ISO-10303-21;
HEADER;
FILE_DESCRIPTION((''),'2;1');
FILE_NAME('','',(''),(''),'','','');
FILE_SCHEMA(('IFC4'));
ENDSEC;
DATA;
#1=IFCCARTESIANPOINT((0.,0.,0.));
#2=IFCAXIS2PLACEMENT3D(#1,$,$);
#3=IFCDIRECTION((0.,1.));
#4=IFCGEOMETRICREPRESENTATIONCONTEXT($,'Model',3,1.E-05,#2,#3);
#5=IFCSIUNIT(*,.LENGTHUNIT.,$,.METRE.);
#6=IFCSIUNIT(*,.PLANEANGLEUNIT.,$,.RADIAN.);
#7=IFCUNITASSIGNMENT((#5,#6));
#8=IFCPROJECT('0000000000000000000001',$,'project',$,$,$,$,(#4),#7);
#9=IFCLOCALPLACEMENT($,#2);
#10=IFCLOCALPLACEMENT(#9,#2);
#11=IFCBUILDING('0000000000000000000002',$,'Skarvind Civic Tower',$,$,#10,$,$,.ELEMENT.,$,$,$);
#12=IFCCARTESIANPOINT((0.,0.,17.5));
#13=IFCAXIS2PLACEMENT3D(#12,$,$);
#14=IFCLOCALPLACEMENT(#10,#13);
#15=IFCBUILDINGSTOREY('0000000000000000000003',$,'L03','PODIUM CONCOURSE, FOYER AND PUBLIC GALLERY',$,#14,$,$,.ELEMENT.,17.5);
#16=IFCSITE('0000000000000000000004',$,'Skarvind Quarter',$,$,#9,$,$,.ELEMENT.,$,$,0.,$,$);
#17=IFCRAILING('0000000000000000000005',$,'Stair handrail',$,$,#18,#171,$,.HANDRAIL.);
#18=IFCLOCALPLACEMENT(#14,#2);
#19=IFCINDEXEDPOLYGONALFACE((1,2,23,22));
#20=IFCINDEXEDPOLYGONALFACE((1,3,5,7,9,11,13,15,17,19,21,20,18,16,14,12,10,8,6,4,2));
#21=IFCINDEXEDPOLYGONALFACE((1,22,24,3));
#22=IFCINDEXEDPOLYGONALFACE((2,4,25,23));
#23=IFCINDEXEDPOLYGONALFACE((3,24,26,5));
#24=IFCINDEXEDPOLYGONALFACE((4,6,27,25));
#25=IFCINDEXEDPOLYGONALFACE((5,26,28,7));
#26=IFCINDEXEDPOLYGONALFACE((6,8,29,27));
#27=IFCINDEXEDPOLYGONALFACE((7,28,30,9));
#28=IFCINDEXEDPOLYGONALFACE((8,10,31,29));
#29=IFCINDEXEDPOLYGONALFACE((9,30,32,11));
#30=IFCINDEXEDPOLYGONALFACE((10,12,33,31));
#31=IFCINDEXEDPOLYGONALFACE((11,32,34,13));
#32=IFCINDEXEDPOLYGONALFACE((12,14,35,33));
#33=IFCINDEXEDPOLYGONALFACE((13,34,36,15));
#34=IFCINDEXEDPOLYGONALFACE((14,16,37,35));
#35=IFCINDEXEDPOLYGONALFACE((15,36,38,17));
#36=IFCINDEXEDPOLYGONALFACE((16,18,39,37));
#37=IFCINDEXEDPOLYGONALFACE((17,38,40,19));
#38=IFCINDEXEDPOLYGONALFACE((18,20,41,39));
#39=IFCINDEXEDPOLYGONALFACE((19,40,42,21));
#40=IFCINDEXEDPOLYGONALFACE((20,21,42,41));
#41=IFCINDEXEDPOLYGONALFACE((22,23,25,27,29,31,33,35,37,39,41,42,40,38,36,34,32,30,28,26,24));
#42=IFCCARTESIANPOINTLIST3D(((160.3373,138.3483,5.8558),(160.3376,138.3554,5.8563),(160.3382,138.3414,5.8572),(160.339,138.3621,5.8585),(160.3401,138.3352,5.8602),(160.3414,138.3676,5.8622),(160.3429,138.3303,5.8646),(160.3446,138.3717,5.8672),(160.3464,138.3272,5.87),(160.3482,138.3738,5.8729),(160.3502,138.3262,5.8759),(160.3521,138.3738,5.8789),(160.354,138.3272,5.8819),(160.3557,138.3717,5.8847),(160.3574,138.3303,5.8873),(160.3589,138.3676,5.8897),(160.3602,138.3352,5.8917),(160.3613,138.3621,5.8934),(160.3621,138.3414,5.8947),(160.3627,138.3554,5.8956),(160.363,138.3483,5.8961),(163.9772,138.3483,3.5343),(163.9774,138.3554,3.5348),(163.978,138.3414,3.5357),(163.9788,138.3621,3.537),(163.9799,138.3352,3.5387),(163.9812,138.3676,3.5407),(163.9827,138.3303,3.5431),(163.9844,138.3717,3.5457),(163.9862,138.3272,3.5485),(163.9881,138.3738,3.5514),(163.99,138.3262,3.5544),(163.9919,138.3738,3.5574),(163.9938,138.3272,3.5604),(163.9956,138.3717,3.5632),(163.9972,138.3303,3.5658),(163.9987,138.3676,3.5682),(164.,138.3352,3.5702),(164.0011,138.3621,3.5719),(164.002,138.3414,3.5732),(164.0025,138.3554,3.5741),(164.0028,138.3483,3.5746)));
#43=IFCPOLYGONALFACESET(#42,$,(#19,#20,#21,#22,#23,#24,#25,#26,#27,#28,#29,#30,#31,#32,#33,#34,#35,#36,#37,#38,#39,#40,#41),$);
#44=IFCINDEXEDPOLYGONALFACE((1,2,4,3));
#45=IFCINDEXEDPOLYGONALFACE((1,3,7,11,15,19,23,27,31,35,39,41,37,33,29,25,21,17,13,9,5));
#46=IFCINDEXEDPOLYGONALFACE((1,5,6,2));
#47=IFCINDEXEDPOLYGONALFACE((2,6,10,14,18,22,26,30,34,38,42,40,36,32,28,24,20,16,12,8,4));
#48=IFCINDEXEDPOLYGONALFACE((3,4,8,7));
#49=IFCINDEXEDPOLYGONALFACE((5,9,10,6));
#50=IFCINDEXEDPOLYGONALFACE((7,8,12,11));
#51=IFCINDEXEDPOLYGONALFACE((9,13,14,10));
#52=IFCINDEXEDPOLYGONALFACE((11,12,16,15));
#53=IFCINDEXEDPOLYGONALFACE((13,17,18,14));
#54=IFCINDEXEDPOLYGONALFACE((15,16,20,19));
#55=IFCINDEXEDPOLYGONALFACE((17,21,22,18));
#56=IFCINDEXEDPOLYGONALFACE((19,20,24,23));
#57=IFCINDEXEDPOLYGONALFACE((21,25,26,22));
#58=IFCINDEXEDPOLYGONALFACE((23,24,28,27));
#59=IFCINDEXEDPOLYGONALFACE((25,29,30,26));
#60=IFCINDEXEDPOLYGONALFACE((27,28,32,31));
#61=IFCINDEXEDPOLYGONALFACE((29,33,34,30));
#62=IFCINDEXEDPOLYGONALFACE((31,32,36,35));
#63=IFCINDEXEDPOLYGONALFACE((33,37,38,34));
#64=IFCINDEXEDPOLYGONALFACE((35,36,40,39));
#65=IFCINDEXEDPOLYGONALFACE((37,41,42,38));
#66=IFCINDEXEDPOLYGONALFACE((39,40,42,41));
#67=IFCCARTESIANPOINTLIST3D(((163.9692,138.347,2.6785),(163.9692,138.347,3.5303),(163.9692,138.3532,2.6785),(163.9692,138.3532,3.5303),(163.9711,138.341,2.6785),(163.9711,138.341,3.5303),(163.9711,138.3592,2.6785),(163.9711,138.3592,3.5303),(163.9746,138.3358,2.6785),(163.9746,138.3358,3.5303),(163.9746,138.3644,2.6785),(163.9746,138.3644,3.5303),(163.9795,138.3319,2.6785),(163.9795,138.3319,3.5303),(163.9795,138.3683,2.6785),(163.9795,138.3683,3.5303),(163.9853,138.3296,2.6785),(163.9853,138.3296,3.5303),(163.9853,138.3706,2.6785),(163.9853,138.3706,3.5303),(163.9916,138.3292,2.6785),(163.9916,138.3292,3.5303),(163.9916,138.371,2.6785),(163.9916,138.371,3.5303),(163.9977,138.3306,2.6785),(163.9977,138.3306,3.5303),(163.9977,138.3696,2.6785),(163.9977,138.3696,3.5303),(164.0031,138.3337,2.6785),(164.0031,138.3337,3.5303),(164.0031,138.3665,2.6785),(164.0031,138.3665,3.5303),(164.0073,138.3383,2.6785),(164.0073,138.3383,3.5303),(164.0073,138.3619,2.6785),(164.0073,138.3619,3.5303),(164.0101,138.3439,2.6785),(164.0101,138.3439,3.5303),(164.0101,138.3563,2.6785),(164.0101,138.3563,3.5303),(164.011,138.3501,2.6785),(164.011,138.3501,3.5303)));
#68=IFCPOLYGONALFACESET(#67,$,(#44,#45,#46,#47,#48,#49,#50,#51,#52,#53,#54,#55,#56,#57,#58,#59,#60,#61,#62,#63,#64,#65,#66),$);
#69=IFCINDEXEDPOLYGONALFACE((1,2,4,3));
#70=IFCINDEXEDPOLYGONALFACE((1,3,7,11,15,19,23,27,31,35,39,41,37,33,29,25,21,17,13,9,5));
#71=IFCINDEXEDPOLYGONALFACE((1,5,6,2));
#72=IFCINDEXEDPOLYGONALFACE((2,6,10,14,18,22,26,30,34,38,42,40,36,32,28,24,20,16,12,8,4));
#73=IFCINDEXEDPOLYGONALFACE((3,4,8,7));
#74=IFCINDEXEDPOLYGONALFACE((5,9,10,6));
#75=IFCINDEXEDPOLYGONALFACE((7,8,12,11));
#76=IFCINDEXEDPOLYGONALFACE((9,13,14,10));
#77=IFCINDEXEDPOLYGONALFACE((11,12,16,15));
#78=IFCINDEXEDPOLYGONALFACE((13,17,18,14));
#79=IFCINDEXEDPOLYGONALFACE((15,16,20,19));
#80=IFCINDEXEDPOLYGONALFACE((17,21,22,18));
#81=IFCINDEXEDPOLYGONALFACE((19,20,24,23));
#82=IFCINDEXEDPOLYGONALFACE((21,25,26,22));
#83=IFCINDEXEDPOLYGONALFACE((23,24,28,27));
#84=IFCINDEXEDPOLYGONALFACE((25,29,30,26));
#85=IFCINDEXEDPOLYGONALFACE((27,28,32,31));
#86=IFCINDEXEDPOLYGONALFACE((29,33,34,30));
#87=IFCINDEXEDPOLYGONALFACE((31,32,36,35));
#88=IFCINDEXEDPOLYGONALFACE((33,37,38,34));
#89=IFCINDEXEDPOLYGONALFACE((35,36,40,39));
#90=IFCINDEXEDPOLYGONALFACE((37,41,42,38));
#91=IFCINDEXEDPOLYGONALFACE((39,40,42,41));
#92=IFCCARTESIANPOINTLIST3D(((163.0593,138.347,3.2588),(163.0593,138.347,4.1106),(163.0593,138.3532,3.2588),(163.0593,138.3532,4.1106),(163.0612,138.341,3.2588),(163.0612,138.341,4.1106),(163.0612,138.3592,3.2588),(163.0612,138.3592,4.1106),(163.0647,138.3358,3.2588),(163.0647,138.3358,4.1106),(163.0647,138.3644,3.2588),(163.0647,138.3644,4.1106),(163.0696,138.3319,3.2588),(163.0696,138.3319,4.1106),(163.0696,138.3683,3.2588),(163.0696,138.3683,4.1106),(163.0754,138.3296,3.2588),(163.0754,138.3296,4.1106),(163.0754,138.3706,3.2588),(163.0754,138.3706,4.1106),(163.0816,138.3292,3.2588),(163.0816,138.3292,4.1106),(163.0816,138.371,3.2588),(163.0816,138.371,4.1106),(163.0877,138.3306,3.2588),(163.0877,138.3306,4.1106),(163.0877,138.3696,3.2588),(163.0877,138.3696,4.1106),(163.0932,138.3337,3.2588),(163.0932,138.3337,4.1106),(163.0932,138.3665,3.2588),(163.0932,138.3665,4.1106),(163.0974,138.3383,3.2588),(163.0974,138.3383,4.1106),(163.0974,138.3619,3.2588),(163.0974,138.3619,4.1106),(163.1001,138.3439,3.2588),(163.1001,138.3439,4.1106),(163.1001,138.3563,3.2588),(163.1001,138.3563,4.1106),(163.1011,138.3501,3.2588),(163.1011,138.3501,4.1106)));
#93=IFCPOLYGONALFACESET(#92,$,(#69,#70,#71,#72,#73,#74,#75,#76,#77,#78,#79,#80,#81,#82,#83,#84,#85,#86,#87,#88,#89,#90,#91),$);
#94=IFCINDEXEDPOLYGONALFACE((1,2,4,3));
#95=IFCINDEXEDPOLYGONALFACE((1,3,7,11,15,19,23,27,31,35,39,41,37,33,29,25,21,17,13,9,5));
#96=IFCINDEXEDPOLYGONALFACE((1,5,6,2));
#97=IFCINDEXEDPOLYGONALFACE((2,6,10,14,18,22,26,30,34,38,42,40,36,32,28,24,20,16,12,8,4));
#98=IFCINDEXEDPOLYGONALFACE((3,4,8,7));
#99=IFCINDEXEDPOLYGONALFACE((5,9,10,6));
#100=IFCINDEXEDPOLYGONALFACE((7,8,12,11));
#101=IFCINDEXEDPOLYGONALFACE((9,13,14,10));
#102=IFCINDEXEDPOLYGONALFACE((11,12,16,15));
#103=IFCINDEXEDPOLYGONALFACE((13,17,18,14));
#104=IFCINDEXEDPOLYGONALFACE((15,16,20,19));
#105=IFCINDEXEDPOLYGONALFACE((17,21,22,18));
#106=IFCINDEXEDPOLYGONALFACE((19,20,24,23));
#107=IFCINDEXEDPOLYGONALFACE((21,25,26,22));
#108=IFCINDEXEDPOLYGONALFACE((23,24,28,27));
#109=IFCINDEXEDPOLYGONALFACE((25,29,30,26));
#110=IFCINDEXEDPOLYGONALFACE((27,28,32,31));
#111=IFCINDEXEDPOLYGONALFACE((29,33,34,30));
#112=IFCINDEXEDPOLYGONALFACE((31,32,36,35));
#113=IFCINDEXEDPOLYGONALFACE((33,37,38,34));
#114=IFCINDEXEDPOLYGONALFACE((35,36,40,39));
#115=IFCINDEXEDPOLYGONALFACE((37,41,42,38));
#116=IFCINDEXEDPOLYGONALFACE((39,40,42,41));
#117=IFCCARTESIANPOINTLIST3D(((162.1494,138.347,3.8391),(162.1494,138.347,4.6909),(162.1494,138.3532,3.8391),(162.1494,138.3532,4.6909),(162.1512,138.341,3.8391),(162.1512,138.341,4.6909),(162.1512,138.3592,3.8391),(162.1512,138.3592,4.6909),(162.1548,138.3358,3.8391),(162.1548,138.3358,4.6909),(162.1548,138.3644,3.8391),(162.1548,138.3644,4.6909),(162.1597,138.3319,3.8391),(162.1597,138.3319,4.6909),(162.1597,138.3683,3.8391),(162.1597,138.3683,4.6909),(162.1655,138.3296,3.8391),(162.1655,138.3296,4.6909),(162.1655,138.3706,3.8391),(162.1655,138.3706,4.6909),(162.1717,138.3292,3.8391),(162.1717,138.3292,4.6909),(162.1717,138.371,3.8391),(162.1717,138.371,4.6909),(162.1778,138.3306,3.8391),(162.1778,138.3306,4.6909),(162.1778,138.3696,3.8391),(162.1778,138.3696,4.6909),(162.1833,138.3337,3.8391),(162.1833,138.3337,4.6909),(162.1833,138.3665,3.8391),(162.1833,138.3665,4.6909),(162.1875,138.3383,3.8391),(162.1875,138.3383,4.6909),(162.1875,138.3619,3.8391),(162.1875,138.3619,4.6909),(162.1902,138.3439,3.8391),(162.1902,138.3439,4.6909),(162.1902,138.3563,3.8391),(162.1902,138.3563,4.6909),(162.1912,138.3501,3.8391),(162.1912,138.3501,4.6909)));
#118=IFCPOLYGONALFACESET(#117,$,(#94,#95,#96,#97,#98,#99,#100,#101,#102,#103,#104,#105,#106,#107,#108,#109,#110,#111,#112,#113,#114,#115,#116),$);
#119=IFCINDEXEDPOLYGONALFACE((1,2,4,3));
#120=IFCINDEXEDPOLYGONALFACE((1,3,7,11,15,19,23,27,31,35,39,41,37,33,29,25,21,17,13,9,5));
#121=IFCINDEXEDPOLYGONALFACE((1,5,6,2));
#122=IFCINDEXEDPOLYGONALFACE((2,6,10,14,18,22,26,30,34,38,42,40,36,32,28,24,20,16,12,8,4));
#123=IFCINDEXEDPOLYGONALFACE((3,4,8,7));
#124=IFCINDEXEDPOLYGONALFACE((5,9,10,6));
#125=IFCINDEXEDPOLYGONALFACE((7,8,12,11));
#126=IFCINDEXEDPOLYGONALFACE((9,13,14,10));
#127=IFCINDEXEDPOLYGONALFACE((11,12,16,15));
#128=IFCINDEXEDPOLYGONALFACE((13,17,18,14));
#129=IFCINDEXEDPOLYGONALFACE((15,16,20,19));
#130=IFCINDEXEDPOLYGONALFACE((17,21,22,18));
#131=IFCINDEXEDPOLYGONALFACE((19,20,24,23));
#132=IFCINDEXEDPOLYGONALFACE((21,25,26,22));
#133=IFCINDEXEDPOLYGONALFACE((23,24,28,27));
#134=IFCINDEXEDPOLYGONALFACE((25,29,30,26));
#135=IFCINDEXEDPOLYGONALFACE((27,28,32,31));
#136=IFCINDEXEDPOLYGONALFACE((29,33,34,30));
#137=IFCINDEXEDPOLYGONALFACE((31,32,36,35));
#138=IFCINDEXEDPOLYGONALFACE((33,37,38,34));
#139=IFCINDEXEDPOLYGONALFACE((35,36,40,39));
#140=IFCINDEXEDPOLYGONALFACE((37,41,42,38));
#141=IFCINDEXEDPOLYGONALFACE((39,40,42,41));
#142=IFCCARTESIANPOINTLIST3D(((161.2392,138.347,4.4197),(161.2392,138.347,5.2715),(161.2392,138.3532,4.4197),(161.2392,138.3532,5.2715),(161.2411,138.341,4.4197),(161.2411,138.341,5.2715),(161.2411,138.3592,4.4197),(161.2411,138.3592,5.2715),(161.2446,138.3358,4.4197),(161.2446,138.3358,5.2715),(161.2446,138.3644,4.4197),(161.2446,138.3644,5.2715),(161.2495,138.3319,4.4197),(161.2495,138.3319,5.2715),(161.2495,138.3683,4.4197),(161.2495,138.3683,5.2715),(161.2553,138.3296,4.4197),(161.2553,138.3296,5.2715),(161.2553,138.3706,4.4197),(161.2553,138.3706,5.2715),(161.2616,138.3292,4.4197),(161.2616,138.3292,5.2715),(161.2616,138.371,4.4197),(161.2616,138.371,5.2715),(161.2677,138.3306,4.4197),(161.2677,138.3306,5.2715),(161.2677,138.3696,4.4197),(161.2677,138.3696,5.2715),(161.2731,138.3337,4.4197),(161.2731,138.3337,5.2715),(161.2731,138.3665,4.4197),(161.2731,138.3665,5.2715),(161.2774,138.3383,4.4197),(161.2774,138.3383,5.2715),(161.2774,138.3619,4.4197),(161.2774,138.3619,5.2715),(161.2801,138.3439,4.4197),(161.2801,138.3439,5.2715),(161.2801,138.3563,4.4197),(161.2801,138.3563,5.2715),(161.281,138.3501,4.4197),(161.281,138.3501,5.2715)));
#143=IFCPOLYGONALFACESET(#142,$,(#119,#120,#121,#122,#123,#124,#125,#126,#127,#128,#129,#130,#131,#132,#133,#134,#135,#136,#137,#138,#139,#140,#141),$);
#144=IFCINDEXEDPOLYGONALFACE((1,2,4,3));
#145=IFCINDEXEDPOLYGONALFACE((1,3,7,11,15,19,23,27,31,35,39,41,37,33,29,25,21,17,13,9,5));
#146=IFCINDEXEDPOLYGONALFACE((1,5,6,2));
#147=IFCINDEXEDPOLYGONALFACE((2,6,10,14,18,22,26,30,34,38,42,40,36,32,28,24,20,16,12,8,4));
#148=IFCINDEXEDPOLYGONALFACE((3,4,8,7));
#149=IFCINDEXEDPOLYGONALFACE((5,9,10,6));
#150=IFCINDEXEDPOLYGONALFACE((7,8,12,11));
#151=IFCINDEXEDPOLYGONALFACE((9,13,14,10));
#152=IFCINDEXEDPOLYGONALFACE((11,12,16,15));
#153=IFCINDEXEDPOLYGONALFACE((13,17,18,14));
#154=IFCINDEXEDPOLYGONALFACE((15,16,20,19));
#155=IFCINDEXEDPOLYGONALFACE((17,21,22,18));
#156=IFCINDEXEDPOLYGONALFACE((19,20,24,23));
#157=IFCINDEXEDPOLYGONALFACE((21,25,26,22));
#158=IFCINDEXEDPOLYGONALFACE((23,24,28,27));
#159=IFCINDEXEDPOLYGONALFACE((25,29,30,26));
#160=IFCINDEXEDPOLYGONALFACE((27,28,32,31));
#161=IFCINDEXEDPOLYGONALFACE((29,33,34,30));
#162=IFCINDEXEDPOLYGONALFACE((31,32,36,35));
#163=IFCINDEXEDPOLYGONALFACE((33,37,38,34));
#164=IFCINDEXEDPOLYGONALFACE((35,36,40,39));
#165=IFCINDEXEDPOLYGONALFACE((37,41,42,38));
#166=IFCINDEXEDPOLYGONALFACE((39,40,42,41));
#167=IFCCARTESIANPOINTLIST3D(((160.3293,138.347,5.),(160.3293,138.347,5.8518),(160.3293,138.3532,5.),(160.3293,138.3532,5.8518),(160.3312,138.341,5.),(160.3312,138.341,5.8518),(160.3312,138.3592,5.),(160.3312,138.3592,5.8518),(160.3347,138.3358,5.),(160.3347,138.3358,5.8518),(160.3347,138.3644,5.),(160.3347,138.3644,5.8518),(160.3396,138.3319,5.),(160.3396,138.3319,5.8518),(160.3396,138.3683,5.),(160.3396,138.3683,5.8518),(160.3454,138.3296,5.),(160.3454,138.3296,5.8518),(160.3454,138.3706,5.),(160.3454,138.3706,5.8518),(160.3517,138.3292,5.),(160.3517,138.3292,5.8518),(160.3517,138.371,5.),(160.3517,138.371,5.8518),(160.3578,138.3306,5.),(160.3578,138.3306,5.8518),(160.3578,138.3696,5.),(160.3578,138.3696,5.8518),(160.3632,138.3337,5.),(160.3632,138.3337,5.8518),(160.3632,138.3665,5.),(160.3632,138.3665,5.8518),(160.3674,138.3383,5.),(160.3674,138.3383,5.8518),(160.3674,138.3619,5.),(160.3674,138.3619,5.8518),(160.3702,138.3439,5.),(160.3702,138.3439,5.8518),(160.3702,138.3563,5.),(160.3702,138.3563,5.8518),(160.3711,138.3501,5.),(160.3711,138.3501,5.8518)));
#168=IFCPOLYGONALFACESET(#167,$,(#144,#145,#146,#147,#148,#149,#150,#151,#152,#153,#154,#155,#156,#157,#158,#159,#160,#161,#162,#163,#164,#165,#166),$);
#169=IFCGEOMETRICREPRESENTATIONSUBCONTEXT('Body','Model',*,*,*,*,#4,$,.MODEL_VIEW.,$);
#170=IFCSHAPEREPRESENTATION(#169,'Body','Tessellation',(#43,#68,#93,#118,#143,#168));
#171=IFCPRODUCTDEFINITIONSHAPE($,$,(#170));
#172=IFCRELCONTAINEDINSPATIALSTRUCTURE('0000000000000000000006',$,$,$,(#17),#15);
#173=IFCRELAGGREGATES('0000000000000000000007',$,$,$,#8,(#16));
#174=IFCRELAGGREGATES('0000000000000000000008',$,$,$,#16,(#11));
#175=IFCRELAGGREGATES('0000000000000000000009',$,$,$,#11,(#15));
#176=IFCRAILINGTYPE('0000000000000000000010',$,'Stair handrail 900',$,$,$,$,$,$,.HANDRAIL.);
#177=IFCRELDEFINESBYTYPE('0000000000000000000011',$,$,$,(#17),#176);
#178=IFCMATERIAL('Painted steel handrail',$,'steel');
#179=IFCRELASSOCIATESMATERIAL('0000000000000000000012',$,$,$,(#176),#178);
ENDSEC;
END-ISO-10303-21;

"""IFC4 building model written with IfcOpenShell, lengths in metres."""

from ifc_helpers import new_model, si_unit, direction, frame, origin, origin_2d, place, context, subcontext, project, spatial, circle, extrude, material, type_object, element, save


model = new_model("IFC4")

# Units and contexts
model_context = context("Model", 3, precision=1e-05, world=origin(), true_north=direction((0.0, 1.0)))
body_context = subcontext(model_context, "Body", "Model", "MODEL_VIEW")
ifc_project = project(units=[si_unit("LENGTHUNIT", "METRE"), si_unit("PLANEANGLEUNIT", "RADIAN")], contexts=[model_context])

# Site, building, storey
site_placement = place(None, origin())
site = spatial("IfcSite", under=ifc_project, at=site_placement, Name="Skarvind Quarter", CompositionType="ELEMENT", RefElevation=0.0)
building_placement = place(site_placement, origin())
building = spatial("IfcBuilding", under=site, at=building_placement, Name="Skarvind Civic Tower", CompositionType="ELEMENT")
storey_placement = place(building_placement, frame((0.0, 0.0, 17.5)))
storey = spatial("IfcBuildingStorey", under=building, at=storey_placement, Name="L03", Description="PODIUM CONCOURSE, FOYER AND PUBLIC GALLERY", CompositionType="ELEMENT", Elevation=17.5)

# Railing
ifc_material_1 = material(Name="Painted steel handrail", Category="steel")
railing_type = type_object("IfcRailingType", Name="Stair handrail 900", PredefinedType="HANDRAIL", material=ifc_material_1)
railing_1_placement = place(storey_placement, frame((163.99, 138.3501, 2.6785)))
element("IfcRailing", 1, at=railing_1_placement, inside=storey, type_object=railing_type, Name="Stair handrail", PredefinedType="HANDRAIL", context=body_context, shape_type="SweptSolid", body=[
    extrude(circle(Radius=0.0239, at=origin_2d()), frame((0.0, 0.0, 0.876), z_axis=(-0.843112, 0.0, 0.537739), x_axis=(0.0, -1.0, 0.0)), (0.0, 0.0, 1.0), 4.3171),
    extrude(circle(Radius=0.021, at=origin_2d()), origin(), (0.0, 0.0, 1.0), 0.8518),
    extrude(circle(Radius=0.021, at=origin_2d()), frame((-0.9099, 0.0, 0.5803)), (0.0, 0.0, 1.0), 0.8518),
    extrude(circle(Radius=0.021, at=origin_2d()), frame((-1.8198, 0.0, 1.1606)), (0.0, 0.0, 1.0), 0.8518),
    extrude(circle(Radius=0.021, at=origin_2d()), frame((-2.73, 0.0, 1.7412)), (0.0, 0.0, 1.0), 0.8518),
    extrude(circle(Radius=0.021, at=origin_2d()), frame((-3.6399, 0.0, 2.3215)), (0.0, 0.0, 1.0), 0.8518),
])

save(model, "model.ifc")
